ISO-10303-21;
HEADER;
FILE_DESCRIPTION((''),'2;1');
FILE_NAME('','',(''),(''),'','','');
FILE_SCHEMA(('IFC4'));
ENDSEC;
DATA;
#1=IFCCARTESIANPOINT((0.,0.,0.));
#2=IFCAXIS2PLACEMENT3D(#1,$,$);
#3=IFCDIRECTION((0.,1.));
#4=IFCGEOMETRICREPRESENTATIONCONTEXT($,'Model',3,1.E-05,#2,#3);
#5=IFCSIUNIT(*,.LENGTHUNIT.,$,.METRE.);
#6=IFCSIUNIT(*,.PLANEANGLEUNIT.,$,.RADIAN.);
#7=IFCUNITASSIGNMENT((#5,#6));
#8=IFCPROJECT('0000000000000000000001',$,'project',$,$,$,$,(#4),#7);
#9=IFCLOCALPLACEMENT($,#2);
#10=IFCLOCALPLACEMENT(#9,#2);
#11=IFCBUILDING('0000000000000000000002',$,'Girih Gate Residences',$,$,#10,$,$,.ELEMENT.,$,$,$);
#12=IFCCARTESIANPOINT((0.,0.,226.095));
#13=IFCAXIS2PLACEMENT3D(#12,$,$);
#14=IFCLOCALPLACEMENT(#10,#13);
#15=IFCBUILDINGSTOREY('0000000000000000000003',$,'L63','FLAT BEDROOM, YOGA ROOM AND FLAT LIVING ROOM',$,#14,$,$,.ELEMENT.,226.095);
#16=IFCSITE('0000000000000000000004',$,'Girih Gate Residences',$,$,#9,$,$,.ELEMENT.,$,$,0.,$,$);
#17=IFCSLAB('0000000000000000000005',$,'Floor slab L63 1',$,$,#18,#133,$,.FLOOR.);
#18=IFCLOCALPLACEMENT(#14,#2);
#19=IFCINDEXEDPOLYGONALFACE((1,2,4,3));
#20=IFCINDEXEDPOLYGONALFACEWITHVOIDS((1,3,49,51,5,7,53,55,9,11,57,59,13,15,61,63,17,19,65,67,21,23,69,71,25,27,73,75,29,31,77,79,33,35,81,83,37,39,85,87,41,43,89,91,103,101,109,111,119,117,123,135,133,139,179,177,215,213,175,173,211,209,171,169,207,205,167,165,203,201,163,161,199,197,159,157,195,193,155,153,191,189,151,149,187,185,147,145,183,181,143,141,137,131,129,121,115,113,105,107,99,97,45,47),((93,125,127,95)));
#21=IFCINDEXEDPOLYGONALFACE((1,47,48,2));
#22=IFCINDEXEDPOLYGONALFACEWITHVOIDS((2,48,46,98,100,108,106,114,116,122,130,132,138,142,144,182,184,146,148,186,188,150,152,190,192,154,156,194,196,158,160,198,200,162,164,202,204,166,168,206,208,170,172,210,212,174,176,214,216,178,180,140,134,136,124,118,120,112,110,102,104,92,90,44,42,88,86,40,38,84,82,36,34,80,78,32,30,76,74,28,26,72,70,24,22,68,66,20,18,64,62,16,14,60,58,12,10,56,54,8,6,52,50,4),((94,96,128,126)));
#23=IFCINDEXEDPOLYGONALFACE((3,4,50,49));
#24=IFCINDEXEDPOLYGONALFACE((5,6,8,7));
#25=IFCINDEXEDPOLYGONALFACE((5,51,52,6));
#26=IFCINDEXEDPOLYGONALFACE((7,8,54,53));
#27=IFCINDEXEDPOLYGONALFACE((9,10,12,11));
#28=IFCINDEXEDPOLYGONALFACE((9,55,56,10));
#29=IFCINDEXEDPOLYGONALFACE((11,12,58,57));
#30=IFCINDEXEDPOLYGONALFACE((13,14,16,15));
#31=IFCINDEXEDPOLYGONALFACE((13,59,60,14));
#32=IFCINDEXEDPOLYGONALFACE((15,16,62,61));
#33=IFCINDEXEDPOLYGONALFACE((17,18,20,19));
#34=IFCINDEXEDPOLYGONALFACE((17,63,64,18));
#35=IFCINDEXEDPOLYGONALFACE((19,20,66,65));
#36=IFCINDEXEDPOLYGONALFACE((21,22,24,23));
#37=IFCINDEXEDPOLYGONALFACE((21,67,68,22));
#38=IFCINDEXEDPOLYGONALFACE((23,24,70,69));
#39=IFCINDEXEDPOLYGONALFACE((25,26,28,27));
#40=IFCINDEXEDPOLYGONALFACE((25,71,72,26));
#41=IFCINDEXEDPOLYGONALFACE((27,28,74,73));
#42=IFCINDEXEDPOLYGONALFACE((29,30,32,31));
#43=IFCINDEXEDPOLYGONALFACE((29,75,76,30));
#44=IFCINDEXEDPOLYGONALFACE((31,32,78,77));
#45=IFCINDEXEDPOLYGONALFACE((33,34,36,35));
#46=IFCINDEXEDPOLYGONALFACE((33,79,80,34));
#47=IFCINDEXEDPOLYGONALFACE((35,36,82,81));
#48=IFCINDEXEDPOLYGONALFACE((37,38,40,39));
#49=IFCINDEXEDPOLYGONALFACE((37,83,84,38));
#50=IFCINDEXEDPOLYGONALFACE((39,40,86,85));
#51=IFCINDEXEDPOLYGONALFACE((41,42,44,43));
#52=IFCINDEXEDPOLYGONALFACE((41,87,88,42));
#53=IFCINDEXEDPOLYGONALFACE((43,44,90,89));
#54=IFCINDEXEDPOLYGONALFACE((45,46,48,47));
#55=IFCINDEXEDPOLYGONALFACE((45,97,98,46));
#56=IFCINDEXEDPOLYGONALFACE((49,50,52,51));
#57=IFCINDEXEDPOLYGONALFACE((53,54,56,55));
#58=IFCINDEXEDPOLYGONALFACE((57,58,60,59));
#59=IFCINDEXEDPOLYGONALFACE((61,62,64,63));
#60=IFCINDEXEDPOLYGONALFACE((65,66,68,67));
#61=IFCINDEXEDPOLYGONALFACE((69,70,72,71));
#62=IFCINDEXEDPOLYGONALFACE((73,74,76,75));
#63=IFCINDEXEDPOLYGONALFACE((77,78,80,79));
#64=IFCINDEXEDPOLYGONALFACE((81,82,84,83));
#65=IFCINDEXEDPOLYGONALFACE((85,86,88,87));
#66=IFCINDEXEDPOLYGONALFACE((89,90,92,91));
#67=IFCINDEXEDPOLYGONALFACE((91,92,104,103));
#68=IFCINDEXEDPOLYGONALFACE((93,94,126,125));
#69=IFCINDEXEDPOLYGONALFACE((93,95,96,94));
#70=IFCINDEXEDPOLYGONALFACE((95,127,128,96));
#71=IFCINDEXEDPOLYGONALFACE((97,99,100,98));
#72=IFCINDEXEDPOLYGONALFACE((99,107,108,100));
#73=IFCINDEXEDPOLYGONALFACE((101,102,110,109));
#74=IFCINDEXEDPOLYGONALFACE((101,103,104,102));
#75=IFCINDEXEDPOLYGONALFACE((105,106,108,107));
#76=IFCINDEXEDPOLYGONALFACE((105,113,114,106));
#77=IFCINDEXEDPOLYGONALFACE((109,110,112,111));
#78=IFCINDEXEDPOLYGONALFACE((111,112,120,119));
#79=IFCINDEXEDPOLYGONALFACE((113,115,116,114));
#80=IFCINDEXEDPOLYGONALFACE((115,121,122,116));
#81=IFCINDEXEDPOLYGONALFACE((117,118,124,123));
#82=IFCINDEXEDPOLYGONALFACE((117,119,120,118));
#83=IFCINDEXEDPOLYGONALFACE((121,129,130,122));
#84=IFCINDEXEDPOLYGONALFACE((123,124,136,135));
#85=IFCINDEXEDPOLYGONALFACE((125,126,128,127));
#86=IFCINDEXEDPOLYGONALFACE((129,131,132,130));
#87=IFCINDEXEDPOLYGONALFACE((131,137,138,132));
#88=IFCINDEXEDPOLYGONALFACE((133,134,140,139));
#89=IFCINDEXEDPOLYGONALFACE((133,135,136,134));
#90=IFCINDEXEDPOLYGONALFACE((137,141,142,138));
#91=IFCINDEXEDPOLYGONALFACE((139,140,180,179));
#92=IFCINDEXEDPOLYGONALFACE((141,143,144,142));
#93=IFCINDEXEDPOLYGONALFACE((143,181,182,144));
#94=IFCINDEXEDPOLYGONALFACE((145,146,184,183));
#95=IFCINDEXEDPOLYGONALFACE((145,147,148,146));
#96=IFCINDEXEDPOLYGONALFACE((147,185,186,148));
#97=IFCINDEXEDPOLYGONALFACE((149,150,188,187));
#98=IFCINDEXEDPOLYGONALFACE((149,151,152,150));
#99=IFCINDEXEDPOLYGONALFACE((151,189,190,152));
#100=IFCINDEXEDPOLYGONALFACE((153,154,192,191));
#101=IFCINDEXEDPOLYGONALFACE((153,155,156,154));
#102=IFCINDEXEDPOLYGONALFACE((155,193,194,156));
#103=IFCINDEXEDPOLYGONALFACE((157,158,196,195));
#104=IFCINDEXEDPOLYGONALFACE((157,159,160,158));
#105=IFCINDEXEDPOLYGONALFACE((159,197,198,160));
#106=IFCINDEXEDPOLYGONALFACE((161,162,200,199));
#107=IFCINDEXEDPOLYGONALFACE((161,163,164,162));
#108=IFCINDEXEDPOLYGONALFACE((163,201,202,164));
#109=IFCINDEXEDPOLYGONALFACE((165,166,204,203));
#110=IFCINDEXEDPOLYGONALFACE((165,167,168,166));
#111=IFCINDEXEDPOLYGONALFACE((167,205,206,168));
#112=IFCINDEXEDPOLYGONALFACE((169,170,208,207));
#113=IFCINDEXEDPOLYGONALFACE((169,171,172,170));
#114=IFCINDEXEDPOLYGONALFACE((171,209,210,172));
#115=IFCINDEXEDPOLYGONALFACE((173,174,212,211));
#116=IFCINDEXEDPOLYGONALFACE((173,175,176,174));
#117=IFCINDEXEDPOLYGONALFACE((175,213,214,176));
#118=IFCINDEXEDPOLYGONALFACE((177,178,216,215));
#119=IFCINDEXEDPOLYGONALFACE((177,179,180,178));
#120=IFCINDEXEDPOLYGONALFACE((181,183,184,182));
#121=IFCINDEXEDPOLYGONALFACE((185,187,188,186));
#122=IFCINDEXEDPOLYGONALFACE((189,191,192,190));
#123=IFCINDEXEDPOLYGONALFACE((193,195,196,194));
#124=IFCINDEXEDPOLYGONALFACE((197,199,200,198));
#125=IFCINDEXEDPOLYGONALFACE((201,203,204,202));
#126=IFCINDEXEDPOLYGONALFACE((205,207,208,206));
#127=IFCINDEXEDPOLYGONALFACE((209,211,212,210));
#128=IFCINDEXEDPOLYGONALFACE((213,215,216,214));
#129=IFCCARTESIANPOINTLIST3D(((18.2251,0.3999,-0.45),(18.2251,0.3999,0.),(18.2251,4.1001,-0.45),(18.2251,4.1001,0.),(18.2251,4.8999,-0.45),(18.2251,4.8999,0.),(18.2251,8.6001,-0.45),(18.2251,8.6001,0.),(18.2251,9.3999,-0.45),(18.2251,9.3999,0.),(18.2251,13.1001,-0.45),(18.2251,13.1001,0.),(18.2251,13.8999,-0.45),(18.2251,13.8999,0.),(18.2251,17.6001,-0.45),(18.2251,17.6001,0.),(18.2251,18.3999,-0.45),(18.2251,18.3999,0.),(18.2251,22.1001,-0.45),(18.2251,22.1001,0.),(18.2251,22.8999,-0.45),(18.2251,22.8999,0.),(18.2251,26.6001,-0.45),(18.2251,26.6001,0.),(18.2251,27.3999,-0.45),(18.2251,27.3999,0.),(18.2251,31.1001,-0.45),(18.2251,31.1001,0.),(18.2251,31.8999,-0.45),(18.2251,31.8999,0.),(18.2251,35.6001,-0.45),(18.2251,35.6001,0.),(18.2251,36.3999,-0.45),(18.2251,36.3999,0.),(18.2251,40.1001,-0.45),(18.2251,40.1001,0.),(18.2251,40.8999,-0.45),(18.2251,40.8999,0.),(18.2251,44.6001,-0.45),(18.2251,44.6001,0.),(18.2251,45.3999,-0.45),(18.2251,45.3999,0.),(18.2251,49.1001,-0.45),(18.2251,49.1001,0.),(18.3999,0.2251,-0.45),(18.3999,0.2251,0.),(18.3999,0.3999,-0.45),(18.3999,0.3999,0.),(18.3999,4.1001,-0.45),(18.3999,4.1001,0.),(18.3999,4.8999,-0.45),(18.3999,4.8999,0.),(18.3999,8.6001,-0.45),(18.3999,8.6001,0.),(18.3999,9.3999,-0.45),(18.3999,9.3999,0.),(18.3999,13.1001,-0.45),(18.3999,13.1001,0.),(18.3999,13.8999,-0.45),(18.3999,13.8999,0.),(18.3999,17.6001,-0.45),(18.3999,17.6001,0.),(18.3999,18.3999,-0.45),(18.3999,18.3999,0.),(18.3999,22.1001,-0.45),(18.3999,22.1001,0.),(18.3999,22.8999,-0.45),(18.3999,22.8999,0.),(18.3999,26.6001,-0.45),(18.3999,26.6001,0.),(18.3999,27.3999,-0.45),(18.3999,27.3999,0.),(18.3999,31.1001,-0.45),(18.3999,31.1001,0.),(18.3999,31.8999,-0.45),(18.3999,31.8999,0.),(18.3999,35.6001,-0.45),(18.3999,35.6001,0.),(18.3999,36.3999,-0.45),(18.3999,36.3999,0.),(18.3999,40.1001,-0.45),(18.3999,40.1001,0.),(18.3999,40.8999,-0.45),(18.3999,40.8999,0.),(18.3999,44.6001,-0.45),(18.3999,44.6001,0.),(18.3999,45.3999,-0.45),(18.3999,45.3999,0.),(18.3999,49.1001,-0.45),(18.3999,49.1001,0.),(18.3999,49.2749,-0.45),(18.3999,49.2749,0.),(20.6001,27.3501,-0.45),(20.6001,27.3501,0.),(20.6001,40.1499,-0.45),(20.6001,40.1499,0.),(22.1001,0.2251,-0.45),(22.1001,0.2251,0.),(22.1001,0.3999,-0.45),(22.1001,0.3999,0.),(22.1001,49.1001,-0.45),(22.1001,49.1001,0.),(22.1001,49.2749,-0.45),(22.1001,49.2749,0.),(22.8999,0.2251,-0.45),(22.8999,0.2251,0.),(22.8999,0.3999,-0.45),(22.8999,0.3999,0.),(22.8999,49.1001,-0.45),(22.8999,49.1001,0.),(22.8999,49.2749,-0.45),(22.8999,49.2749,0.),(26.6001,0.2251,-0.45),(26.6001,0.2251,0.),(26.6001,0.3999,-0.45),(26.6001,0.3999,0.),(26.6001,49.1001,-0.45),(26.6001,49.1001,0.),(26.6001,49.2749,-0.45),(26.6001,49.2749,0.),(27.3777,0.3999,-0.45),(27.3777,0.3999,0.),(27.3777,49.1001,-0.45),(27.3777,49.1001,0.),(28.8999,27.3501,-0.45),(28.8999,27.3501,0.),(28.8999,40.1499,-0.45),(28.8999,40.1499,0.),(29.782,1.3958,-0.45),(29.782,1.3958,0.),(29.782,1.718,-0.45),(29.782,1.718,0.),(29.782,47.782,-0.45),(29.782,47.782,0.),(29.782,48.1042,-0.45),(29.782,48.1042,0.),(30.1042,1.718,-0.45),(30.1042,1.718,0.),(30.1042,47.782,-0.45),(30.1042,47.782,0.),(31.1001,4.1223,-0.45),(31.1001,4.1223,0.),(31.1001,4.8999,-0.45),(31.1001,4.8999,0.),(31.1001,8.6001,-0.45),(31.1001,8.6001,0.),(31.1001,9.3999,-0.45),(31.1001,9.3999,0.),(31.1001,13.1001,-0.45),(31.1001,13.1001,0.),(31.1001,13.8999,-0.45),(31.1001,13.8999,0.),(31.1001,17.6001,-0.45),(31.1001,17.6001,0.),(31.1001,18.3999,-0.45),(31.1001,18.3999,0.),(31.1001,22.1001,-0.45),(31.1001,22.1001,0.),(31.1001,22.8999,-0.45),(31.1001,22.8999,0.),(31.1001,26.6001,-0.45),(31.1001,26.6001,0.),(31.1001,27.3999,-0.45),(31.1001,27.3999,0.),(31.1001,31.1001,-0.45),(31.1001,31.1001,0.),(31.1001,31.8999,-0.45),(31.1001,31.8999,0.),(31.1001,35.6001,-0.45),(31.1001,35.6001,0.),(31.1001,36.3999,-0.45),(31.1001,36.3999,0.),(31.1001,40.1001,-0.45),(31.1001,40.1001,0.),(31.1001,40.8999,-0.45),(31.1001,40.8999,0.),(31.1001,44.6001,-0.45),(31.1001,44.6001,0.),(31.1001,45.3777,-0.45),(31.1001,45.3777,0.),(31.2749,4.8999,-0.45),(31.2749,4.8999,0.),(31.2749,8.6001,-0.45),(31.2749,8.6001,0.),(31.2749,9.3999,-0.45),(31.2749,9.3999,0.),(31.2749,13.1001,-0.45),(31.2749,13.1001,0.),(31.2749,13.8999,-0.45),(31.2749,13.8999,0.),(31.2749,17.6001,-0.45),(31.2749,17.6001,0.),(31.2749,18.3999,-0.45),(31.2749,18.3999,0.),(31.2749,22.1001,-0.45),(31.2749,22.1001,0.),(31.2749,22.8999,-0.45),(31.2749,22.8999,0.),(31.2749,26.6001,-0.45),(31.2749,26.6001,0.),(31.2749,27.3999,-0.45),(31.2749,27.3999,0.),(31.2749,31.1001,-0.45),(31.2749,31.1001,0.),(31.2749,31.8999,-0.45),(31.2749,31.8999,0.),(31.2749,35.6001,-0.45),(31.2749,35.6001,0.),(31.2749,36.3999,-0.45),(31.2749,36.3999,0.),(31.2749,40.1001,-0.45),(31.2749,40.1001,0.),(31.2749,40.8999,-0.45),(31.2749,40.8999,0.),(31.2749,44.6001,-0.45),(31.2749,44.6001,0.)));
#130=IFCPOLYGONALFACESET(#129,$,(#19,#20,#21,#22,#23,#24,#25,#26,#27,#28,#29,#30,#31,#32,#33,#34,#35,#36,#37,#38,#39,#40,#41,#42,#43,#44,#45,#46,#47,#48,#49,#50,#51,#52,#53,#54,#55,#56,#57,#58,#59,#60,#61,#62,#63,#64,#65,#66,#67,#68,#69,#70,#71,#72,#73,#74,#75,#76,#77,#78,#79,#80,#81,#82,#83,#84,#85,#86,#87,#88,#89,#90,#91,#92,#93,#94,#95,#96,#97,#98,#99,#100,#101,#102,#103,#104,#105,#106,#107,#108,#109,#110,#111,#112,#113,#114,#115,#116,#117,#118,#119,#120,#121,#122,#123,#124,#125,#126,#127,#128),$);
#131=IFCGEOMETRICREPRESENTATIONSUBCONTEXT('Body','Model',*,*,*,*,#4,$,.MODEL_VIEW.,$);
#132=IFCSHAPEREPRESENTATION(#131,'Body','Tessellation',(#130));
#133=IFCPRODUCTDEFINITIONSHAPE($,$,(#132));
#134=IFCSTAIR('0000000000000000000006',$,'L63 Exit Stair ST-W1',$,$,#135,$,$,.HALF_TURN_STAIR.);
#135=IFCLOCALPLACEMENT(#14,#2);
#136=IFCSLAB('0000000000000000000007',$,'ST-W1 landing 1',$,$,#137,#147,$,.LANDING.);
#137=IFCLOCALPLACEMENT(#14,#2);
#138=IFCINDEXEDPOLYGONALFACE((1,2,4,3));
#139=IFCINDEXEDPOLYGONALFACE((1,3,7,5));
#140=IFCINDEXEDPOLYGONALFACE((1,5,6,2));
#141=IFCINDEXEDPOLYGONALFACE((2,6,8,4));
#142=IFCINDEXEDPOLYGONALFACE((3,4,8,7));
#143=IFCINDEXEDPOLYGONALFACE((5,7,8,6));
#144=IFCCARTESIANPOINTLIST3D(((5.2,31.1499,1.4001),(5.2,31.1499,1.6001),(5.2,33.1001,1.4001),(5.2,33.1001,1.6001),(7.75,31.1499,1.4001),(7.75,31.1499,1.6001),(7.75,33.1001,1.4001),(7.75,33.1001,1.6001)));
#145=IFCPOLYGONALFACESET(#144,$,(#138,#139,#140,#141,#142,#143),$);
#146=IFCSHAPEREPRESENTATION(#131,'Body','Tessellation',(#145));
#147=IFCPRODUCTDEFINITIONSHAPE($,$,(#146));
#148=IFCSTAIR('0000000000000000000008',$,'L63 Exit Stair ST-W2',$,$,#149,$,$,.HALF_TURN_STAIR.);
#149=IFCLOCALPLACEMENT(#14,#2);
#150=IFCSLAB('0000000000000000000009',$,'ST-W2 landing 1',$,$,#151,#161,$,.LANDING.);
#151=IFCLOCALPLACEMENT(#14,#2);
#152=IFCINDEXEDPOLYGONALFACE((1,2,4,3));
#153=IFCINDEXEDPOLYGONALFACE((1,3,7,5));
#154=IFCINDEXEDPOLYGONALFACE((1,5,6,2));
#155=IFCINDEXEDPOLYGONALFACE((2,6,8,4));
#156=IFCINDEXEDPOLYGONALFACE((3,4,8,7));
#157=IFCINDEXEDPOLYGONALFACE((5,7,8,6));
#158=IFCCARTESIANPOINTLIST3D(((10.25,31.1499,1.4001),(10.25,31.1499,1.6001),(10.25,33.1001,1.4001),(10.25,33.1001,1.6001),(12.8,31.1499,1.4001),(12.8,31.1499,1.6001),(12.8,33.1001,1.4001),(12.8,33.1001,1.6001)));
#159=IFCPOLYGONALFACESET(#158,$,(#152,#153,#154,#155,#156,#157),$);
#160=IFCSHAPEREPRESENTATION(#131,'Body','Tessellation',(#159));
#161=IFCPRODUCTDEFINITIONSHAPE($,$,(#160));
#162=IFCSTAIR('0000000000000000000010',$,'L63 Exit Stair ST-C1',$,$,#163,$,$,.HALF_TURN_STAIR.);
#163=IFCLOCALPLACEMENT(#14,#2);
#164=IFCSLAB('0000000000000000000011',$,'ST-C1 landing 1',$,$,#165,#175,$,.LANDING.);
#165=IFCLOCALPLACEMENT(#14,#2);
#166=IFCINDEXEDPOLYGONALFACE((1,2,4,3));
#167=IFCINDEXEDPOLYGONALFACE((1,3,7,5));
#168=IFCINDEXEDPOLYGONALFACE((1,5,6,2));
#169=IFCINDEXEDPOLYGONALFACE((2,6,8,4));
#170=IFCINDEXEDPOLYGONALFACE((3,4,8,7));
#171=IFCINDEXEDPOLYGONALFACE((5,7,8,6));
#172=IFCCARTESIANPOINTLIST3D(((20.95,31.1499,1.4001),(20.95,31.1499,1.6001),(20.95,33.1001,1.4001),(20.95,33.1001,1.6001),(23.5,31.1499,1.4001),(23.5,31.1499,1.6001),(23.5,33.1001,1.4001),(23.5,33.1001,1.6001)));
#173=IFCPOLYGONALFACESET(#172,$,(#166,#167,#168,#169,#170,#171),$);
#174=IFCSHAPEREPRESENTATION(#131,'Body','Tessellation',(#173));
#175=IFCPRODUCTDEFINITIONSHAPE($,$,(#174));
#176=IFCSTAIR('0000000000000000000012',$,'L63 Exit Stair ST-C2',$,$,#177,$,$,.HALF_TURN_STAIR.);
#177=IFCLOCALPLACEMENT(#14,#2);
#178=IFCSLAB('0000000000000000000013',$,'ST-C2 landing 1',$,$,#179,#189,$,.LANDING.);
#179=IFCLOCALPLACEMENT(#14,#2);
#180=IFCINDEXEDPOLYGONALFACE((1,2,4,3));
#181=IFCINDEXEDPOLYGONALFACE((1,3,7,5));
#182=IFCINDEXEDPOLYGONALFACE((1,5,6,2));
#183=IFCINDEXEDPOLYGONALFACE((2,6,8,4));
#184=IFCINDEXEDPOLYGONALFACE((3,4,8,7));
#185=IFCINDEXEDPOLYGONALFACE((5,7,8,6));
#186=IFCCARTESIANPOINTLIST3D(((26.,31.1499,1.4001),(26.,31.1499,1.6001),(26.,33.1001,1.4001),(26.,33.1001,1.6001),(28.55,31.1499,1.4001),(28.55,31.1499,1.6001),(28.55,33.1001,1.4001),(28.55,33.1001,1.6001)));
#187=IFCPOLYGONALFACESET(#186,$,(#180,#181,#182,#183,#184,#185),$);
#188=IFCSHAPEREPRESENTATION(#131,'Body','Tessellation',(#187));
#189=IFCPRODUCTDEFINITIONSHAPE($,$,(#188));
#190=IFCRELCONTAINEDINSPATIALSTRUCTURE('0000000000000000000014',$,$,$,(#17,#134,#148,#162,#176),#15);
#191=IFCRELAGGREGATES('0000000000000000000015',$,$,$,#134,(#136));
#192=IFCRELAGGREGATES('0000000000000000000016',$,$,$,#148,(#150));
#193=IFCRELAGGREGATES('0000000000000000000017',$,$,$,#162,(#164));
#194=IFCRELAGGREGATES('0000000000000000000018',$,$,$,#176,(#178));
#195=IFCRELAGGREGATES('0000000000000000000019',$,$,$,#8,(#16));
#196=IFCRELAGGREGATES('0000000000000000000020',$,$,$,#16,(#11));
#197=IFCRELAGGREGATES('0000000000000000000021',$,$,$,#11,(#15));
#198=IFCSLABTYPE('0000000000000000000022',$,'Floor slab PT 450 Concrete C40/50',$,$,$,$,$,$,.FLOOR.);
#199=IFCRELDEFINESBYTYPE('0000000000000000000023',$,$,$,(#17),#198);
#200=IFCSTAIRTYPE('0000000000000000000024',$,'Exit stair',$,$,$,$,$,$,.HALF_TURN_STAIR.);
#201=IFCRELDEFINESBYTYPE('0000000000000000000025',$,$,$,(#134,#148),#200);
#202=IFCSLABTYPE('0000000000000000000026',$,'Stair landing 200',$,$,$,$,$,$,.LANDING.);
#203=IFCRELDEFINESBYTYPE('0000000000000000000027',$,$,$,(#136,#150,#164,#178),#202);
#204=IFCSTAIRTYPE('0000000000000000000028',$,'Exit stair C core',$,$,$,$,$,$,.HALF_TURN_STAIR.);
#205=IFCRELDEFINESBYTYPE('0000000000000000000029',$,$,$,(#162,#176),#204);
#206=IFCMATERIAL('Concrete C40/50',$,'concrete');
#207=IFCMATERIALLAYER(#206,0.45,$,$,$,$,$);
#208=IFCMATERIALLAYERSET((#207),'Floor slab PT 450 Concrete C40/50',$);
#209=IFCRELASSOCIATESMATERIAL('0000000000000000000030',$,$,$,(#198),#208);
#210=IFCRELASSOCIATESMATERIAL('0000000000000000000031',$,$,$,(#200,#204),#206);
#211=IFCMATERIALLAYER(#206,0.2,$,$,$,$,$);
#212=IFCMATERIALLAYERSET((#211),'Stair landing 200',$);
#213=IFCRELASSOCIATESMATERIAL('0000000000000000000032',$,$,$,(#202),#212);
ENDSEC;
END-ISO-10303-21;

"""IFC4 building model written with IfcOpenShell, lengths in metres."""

from ifc_helpers import new_model, si_unit, direction, frame, origin, place, context, subcontext, project, spatial, polyline, outline, extrude, material, layer, layer_set, type_object, element, aggregate, save


model = new_model("IFC4")

# Units and contexts
model_context = context("Model", 3, precision=1e-05, world=origin(), true_north=direction((0.0, 1.0)))
body_context = subcontext(model_context, "Body", "Model", "MODEL_VIEW")
ifc_project = project(units=[si_unit("LENGTHUNIT", "METRE"), si_unit("PLANEANGLEUNIT", "RADIAN")], contexts=[model_context])

# Site, building, storey
site_placement = place(None, origin())
site = spatial("IfcSite", under=ifc_project, at=site_placement, Name="Girih Gate Residences", CompositionType="ELEMENT", RefElevation=0.0)
building_placement = place(site_placement, origin())
building = spatial("IfcBuilding", under=site, at=building_placement, Name="Girih Gate Residences", CompositionType="ELEMENT")
storey_placement = place(building_placement, frame((0.0, 0.0, 226.095)))
storey = spatial("IfcBuildingStorey", under=building, at=storey_placement, Name="L63", Description="FLAT BEDROOM, YOGA ROOM AND FLAT LIVING ROOM", CompositionType="ELEMENT", Elevation=226.095)

# Slab
ifc_material_1 = material(Name="Concrete C40/50", Category="concrete")
ifc_layer_1 = layer(ifc_material_1, 0.45)
ifc_layer_set_1 = layer_set([ifc_layer_1], Name="Floor slab PT 450 Concrete C40/50")
slab_type_1 = type_object("IfcSlabType", Name="Floor slab PT 450 Concrete C40/50", PredefinedType="FLOOR", material=ifc_layer_set_1)
slab_1_placement = place(storey_placement, frame((0.0, 0.0, -0.45)))
element("IfcSlab", 1, at=slab_1_placement, inside=storey, type_object=slab_type_1, Name="Floor slab L63 1", PredefinedType="FLOOR", context=body_context, shape_type="SweptSolid", body=[
    extrude(outline(polyline([(22.8999, 0.2251), (26.6001, 0.2251), (26.6001, 0.3999), (27.3777, 0.3999), (29.782, 1.3958), (29.782, 1.718), (30.1042, 1.718), (31.1001, 4.1223), (31.1001, 4.8999), (31.2749, 4.8999), (31.2749, 8.6001), (31.1001, 8.6001), (31.1001, 9.3999), (31.2749, 9.3999), (31.2749, 13.1001), (31.1001, 13.1001), (31.1001, 13.8999), (31.2749, 13.8999), (31.2749, 17.6001), (31.1001, 17.6001), (31.1001, 18.3999), (31.2749, 18.3999), (31.2749, 22.1001), (31.1001, 22.1001), (31.1001, 22.8999), (31.2749, 22.8999), (31.2749, 26.6001), (31.1001, 26.6001), (31.1001, 27.3999), (31.2749, 27.3999), (31.2749, 31.1001), (31.1001, 31.1001), (31.1001, 31.8999), (31.2749, 31.8999), (31.2749, 35.6001), (31.1001, 35.6001), (31.1001, 36.3999), (31.2749, 36.3999), (31.2749, 40.1001), (31.1001, 40.1001), (31.1001, 40.8999), (31.2749, 40.8999), (31.2749, 44.6001), (31.1001, 44.6001), (31.1001, 45.3777), (30.1042, 47.782), (29.782, 47.782), (29.782, 48.1042), (27.3777, 49.1001), (26.6001, 49.1001), (26.6001, 49.2749), (22.8999, 49.2749), (22.8999, 49.1001), (22.1001, 49.1001), (22.1001, 49.2749), (18.3999, 49.2749), (18.3999, 49.1001), (18.2251, 49.1001), (18.2251, 45.3999), (18.3999, 45.3999), (18.3999, 44.6001), (18.2251, 44.6001), (18.2251, 40.8999), (18.3999, 40.8999), (18.3999, 40.1001), (18.2251, 40.1001), (18.2251, 36.3999), (18.3999, 36.3999), (18.3999, 35.6001), (18.2251, 35.6001), (18.2251, 31.8999), (18.3999, 31.8999), (18.3999, 31.1001), (18.2251, 31.1001), (18.2251, 27.3999), (18.3999, 27.3999), (18.3999, 26.6001), (18.2251, 26.6001), (18.2251, 22.8999), (18.3999, 22.8999), (18.3999, 22.1001), (18.2251, 22.1001), (18.2251, 18.3999), (18.3999, 18.3999), (18.3999, 17.6001), (18.2251, 17.6001), (18.2251, 13.8999), (18.3999, 13.8999), (18.3999, 13.1001), (18.2251, 13.1001), (18.2251, 9.3999), (18.3999, 9.3999), (18.3999, 8.6001), (18.2251, 8.6001), (18.2251, 4.8999), (18.3999, 4.8999), (18.3999, 4.1001), (18.2251, 4.1001), (18.2251, 0.3999), (18.3999, 0.3999), (18.3999, 0.2251), (22.1001, 0.2251), (22.1001, 0.3999), (22.8999, 0.3999), (22.8999, 0.2251)]), holes=[polyline([(28.8999, 40.1499), (28.8999, 27.3501), (20.6001, 27.3501), (20.6001, 40.1499), (28.8999, 40.1499)])]), origin(), (0.0, 0.0, 1.0), 0.45),
])

# Stairs, slabs
stair_type_1 = type_object("IfcStairType", Name="Exit stair", PredefinedType="HALF_TURN_STAIR", material=ifc_material_1)
stair_1_placement = place(storey_placement, origin())
stair_1 = element("IfcStair", 2, at=stair_1_placement, inside=storey, type_object=stair_type_1, Name="L63 Exit Stair ST-W1", PredefinedType="HALF_TURN_STAIR")
ifc_layer_2 = layer(ifc_material_1, 0.2)
ifc_layer_set_2 = layer_set([ifc_layer_2], Name="Stair landing 200")
slab_type_2 = type_object("IfcSlabType", Name="Stair landing 200", PredefinedType="LANDING", material=ifc_layer_set_2)
slab_2_placement = place(storey_placement, frame((0.0, 0.0, 1.4001)))
slab_2 = element("IfcSlab", 3, at=slab_2_placement, type_object=slab_type_2, Name="ST-W1 landing 1", PredefinedType="LANDING", context=body_context, shape_type="SweptSolid", body=[
    extrude(outline(polyline([(7.75, 31.1499), (7.75, 33.1001), (5.2, 33.1001), (5.2, 31.1499), (7.75, 31.1499)])), origin(), (0.0, 0.0, 1.0), 0.2),
])
aggregate(stair_1, [slab_2])
stair_2_placement = place(storey_placement, origin())
stair_2 = element("IfcStair", 4, at=stair_2_placement, inside=storey, type_object=stair_type_1, Name="L63 Exit Stair ST-W2", PredefinedType="HALF_TURN_STAIR")
slab_3_placement = place(storey_placement, frame((0.0, 0.0, 1.4001)))
slab_3 = element("IfcSlab", 5, at=slab_3_placement, type_object=slab_type_2, Name="ST-W2 landing 1", PredefinedType="LANDING", context=body_context, shape_type="SweptSolid", body=[
    extrude(outline(polyline([(12.8, 31.1499), (12.8, 33.1001), (10.25, 33.1001), (10.25, 31.1499), (12.8, 31.1499)])), origin(), (0.0, 0.0, 1.0), 0.2),
])
aggregate(stair_2, [slab_3])
stair_type_2 = type_object("IfcStairType", Name="Exit stair C core", PredefinedType="HALF_TURN_STAIR", material=ifc_material_1)
stair_3_placement = place(storey_placement, origin())
stair_3 = element("IfcStair", 6, at=stair_3_placement, inside=storey, type_object=stair_type_2, Name="L63 Exit Stair ST-C1", PredefinedType="HALF_TURN_STAIR")
slab_4_placement = place(storey_placement, frame((0.0, 0.0, 1.4001)))
slab_4 = element("IfcSlab", 7, at=slab_4_placement, type_object=slab_type_2, Name="ST-C1 landing 1", PredefinedType="LANDING", context=body_context, shape_type="SweptSolid", body=[
    extrude(outline(polyline([(23.5, 31.1499), (23.5, 33.1001), (20.95, 33.1001), (20.95, 31.1499), (23.5, 31.1499)])), origin(), (0.0, 0.0, 1.0), 0.2),
])
aggregate(stair_3, [slab_4])
stair_4_placement = place(storey_placement, origin())
stair_4 = element("IfcStair", 8, at=stair_4_placement, inside=storey, type_object=stair_type_2, Name="L63 Exit Stair ST-C2", PredefinedType="HALF_TURN_STAIR")
slab_5_placement = place(storey_placement, frame((0.0, 0.0, 1.4001)))
slab_5 = element("IfcSlab", 9, at=slab_5_placement, type_object=slab_type_2, Name="ST-C2 landing 1", PredefinedType="LANDING", context=body_context, shape_type="SweptSolid", body=[
    extrude(outline(polyline([(28.55, 31.1499), (28.55, 33.1001), (26.0, 33.1001), (26.0, 31.1499), (28.55, 31.1499)])), origin(), (0.0, 0.0, 1.0), 0.2),
])
aggregate(stair_4, [slab_5])

save(model, "model.ifc")
